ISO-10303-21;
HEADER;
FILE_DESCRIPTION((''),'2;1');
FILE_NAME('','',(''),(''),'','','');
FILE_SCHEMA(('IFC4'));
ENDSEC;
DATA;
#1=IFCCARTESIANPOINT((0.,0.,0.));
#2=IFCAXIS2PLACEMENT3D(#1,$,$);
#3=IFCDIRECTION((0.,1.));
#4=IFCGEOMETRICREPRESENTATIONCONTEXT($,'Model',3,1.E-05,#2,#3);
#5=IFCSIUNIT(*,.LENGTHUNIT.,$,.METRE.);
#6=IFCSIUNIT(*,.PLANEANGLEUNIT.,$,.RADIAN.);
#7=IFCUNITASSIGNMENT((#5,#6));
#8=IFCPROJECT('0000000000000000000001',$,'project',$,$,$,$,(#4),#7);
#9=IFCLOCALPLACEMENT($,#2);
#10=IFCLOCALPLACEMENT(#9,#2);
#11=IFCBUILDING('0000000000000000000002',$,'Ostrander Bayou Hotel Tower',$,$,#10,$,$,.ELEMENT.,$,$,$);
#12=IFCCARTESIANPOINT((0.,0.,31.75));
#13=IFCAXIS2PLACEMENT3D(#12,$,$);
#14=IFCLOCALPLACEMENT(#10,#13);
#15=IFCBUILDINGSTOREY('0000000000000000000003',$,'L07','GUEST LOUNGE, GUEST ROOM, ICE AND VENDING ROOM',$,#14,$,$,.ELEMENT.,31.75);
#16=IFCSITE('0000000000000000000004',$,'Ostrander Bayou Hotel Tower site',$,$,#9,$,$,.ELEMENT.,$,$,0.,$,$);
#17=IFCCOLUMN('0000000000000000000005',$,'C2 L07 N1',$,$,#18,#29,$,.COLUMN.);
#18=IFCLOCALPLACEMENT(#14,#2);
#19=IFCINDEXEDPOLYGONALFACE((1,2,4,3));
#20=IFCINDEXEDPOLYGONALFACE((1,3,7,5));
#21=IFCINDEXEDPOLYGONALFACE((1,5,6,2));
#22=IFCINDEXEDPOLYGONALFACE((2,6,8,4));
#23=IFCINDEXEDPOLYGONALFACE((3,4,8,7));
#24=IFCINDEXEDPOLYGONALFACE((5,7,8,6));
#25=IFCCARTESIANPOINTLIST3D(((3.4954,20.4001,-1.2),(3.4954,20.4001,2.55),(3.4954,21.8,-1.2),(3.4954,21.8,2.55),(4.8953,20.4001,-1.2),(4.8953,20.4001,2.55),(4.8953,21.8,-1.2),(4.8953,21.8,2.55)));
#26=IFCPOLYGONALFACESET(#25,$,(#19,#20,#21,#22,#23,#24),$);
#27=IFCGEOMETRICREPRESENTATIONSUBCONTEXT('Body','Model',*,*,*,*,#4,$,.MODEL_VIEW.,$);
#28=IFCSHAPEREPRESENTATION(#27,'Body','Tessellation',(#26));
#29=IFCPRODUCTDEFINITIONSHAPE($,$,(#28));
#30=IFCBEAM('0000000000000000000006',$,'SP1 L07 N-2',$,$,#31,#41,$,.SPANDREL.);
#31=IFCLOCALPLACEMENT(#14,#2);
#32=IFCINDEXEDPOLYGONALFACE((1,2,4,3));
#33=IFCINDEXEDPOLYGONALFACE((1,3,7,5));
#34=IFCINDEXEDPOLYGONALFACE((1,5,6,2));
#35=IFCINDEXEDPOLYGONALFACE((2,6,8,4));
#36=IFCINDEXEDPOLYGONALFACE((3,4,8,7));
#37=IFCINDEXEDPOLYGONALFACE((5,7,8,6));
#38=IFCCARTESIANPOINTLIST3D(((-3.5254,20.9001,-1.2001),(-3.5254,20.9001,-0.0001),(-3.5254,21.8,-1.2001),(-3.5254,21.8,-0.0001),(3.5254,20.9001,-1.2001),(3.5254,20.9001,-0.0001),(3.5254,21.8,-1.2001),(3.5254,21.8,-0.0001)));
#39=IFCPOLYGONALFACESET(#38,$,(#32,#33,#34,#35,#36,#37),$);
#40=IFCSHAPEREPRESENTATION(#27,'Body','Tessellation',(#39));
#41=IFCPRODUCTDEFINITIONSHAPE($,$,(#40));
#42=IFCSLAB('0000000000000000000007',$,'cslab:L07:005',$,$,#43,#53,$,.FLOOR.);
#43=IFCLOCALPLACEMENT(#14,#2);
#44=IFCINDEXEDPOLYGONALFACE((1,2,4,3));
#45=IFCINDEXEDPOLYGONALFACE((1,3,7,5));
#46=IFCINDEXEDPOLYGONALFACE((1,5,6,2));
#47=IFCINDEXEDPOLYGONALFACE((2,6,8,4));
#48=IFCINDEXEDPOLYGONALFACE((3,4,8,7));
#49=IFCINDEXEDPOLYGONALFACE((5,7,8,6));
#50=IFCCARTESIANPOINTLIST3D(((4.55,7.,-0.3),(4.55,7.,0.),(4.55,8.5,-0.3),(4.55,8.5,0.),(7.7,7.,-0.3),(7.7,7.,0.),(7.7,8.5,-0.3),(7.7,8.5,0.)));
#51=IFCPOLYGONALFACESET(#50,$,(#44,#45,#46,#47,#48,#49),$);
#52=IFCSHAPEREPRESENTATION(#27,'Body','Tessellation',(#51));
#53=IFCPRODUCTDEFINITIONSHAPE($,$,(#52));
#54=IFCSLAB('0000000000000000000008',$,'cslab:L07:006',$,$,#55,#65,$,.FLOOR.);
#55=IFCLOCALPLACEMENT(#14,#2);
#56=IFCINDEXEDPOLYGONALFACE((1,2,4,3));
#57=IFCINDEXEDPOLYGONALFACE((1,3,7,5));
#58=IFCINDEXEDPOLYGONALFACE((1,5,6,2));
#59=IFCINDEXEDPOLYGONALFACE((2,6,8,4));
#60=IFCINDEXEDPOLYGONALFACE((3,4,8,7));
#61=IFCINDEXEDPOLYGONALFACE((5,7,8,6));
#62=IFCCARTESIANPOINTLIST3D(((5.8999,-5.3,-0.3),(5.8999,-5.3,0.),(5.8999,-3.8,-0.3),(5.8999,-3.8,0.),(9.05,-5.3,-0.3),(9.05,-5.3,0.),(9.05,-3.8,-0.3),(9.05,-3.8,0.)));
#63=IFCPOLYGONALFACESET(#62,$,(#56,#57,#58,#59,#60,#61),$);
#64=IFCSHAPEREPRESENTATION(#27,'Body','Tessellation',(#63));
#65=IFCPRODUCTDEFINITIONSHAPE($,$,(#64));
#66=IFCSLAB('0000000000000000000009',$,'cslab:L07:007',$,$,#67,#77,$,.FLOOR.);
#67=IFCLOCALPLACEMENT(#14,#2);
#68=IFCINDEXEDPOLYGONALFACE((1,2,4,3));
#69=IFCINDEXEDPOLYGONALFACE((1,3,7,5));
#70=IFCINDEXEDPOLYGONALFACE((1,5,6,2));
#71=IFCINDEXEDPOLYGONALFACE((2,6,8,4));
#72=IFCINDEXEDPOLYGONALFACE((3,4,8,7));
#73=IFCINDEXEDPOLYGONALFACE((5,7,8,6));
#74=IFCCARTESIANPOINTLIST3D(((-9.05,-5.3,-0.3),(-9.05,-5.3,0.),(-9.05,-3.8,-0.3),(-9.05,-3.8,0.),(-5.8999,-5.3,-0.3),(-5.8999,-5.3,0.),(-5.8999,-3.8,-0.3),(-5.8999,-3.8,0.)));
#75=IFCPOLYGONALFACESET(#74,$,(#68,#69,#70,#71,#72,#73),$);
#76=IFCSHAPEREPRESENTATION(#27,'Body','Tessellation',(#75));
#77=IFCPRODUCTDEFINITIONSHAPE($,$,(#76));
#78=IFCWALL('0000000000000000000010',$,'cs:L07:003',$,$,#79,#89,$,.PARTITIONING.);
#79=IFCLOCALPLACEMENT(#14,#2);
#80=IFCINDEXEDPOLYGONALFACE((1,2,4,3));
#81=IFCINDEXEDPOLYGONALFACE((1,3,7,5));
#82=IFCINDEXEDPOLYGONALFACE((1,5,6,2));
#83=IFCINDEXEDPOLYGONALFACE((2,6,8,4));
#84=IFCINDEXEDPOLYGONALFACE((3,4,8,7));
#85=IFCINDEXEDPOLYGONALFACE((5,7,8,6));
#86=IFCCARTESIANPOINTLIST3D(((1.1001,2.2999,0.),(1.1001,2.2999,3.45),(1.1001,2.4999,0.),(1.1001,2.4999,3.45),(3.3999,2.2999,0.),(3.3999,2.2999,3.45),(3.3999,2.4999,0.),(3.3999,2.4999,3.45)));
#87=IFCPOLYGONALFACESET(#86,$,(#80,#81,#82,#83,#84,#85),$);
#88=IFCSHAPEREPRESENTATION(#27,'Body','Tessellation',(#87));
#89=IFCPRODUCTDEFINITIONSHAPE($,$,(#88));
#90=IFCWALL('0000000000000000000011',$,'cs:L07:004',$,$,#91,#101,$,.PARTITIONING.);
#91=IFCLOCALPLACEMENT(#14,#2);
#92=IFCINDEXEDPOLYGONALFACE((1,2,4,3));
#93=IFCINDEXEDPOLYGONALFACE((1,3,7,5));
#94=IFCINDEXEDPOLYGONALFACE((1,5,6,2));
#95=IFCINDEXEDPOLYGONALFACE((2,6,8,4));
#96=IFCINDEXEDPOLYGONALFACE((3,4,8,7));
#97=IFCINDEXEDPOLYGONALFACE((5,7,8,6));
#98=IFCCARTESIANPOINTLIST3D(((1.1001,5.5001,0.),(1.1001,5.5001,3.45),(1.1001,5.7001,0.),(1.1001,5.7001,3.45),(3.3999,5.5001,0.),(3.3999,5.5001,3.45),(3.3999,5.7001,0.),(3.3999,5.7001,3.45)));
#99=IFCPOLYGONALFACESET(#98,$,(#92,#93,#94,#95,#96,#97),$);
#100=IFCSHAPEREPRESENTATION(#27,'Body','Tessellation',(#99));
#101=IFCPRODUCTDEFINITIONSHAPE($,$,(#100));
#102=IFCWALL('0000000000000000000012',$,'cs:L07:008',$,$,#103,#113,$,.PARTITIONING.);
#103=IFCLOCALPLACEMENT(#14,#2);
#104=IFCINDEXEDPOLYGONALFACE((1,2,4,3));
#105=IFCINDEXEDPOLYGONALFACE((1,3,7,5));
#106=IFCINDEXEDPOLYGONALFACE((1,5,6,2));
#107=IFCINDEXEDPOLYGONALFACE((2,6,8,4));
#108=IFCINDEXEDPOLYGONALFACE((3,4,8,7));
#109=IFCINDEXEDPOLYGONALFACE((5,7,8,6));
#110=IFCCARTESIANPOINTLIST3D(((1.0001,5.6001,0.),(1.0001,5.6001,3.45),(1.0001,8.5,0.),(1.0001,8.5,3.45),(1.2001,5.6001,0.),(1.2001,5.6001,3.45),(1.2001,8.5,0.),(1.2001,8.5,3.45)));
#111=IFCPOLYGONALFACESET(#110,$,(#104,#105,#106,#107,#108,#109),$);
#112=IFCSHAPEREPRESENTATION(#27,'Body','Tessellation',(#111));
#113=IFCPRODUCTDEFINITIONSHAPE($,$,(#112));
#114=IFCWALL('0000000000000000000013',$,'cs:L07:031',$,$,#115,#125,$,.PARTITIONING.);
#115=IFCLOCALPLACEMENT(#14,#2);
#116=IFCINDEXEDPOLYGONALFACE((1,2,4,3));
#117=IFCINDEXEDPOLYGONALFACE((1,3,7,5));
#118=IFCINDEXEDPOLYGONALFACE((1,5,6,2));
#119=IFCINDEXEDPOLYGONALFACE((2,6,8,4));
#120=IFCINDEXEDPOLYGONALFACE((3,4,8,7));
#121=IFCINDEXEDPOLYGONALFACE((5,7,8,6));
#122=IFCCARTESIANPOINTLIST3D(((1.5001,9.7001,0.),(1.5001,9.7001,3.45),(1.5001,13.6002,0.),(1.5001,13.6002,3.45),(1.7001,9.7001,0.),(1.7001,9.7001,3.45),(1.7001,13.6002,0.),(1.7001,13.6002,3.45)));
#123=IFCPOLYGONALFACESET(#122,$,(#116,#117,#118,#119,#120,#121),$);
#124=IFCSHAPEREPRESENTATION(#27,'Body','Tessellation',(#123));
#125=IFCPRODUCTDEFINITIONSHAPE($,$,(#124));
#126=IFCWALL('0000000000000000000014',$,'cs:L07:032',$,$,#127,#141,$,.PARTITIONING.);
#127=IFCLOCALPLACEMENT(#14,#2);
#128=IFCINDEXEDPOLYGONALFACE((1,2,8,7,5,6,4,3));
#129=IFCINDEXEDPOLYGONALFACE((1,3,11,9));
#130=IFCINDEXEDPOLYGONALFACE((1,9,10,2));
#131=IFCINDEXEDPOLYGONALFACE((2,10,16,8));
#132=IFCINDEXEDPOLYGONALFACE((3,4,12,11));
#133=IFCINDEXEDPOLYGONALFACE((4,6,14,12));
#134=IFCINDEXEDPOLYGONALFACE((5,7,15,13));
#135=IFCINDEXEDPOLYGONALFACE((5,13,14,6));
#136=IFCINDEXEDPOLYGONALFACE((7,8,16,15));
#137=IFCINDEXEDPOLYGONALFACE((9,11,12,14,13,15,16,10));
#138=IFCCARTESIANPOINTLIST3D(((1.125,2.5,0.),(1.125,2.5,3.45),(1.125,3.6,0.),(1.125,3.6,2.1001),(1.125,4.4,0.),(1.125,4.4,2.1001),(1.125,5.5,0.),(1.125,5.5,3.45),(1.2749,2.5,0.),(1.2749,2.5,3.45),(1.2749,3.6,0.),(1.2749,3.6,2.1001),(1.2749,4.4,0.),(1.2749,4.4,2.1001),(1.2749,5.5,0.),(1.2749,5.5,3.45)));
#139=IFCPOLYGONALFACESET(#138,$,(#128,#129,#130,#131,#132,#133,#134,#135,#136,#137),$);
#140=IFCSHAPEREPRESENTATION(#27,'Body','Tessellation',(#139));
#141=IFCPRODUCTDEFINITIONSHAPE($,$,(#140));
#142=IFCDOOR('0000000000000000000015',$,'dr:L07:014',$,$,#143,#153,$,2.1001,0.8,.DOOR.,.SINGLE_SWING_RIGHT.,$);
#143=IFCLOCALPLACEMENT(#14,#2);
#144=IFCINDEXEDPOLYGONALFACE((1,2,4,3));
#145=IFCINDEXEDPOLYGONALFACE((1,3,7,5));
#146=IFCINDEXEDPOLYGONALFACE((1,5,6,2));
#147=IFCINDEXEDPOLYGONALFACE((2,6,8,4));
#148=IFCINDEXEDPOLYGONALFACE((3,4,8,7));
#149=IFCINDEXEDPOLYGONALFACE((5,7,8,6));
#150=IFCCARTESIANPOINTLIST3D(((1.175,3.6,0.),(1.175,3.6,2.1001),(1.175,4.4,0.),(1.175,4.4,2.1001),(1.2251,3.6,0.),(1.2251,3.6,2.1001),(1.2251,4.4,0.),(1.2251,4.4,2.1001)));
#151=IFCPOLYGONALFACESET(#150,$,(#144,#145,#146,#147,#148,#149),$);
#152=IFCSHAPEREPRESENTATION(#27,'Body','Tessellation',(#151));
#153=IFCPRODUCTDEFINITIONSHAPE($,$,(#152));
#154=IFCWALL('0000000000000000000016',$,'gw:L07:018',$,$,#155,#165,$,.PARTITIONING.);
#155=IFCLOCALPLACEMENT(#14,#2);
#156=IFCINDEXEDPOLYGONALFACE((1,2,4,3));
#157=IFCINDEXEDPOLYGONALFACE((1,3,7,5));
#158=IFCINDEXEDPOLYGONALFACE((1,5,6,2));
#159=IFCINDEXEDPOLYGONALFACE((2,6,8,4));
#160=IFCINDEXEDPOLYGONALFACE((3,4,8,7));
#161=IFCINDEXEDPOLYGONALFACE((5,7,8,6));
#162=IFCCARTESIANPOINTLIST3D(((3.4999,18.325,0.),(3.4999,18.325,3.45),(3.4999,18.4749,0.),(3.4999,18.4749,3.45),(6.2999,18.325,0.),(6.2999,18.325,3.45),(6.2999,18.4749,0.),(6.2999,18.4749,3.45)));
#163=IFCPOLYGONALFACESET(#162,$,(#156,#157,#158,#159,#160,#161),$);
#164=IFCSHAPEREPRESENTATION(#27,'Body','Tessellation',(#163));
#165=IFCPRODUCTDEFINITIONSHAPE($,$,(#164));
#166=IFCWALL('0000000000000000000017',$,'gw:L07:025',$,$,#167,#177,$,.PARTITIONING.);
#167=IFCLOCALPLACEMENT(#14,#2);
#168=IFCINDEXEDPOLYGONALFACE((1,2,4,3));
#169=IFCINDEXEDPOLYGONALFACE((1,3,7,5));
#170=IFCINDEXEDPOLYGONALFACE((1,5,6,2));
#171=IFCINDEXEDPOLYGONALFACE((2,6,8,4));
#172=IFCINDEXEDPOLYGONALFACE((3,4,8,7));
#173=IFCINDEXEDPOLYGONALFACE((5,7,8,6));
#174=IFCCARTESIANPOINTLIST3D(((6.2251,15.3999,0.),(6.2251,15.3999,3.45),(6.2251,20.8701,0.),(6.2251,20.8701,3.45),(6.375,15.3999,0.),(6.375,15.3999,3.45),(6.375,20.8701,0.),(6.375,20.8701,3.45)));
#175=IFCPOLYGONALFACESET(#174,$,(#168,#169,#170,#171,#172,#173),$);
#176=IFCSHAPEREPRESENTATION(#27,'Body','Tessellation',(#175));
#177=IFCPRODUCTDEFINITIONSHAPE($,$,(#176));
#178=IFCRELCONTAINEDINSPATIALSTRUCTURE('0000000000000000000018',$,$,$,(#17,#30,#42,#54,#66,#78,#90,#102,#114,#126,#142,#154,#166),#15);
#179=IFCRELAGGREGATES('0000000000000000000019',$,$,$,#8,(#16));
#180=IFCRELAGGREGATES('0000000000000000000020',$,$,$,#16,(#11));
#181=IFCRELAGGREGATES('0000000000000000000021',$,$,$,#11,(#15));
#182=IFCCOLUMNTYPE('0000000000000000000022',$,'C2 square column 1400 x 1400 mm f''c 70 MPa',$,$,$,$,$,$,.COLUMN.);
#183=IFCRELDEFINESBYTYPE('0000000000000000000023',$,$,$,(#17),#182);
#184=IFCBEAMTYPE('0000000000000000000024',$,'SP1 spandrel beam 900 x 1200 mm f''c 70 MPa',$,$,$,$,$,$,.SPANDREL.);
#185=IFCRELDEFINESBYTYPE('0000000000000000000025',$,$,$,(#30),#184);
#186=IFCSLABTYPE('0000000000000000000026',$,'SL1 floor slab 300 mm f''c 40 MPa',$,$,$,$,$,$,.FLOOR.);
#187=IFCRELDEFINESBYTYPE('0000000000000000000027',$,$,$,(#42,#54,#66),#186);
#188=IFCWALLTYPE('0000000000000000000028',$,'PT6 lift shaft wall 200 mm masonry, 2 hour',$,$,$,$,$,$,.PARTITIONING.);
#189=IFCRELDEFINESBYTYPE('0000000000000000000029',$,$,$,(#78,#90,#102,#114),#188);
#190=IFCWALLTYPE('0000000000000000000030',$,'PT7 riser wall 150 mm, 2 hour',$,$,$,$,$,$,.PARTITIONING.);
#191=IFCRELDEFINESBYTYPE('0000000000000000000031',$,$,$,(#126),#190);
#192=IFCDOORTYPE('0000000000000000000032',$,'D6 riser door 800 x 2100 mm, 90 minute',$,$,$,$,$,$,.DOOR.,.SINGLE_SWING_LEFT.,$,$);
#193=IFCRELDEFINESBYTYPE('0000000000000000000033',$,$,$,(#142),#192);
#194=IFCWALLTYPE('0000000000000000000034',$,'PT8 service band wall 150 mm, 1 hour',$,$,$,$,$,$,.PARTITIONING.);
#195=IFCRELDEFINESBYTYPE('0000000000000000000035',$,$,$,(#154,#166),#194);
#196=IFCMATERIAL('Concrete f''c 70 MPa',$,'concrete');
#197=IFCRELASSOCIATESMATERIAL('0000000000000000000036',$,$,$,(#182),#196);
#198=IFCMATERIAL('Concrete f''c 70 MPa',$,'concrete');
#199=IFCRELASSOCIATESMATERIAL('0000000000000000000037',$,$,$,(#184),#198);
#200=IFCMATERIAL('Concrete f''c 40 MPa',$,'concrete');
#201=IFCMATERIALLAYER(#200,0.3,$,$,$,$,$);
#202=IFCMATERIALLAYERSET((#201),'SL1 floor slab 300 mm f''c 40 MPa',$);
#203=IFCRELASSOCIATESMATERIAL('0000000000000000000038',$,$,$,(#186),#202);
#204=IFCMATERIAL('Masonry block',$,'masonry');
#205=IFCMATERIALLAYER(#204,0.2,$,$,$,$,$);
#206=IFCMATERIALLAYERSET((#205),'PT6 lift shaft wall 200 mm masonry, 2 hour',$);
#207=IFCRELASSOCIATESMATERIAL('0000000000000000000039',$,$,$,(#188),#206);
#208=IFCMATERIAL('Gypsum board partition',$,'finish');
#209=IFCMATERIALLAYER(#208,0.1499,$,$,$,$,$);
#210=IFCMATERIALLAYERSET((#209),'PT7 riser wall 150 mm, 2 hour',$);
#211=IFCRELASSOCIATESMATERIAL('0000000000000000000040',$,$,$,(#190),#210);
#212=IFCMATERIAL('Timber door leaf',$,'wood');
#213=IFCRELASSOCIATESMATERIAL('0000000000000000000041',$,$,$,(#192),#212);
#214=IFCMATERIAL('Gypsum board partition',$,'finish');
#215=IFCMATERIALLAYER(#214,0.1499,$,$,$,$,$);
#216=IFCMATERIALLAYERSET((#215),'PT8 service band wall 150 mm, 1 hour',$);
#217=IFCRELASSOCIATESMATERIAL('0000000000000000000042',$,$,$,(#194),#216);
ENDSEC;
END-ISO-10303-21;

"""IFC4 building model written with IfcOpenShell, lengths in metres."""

from ifc_helpers import new_model, si_unit, direction, frame, frame_2d, origin, origin_2d, place, context, subcontext, project, spatial, polyline, rectangle, outline, extrude, material, layer, layer_set, material_profile, profile_set, type_object, element, fill, save


model = new_model("IFC4")

# Units and contexts
model_context = context("Model", 3, precision=1e-05, world=origin(), true_north=direction((0.0, 1.0)))
body_context = subcontext(model_context, "Body", "Model", "MODEL_VIEW")
ifc_project = project(units=[si_unit("LENGTHUNIT", "METRE"), si_unit("PLANEANGLEUNIT", "RADIAN")], contexts=[model_context])

# Site, building, storey
site_placement = place(None, origin())
site = spatial("IfcSite", under=ifc_project, at=site_placement, Name="Ostrander Bayou Hotel Tower site", CompositionType="ELEMENT", RefElevation=0.0)
building_placement = place(site_placement, origin())
building = spatial("IfcBuilding", under=site, at=building_placement, Name="Ostrander Bayou Hotel Tower", CompositionType="ELEMENT")
storey_placement = place(building_placement, frame((0.0, 0.0, 31.75)))
storey = spatial("IfcBuildingStorey", under=building, at=storey_placement, Name="L07", Description="GUEST LOUNGE, GUEST ROOM, ICE AND VENDING ROOM", CompositionType="ELEMENT", Elevation=31.75)

# Column
ifc_material_1 = material(Name="Concrete f'c 70 MPa", Category="concrete")
ifc_material_profile_1 = material_profile(ifc_material_1, rectangle(XDim=1.3999, YDim=1.3999, at=origin_2d()))
ifc_profile_set_1 = profile_set([ifc_material_profile_1], Name="Concrete f'c 70 MPa")
column_type = type_object("IfcColumnType", Name="C2 square column 1400 x 1400 mm f'c 70 MPa", PredefinedType="COLUMN", material=ifc_profile_set_1)
column_placement = place(storey_placement, frame((4.1953, 21.1001, -1.2), z_axis=(0.0, 0.0, 1.0), x_axis=(1.0, 0.0, 0.0)))
element("IfcColumn", 1, at=column_placement, inside=storey, type_object=column_type, Name="C2 L07 N1", PredefinedType="COLUMN", context=body_context, shape_type="SweptSolid", body=[
    extrude(rectangle(XDim=1.3999, YDim=1.3999, at=origin_2d()), origin(), (0.0, 0.0, 1.0), 3.75),
])

# Beam
ifc_material_2 = material(Name="Concrete f'c 70 MPa", Category="concrete")
ifc_material_profile_2 = material_profile(ifc_material_2, rectangle(XDim=0.8999, YDim=1.2, at=origin_2d()))
ifc_profile_set_2 = profile_set([ifc_material_profile_2], Name="Concrete f'c 70 MPa")
beam_type = type_object("IfcBeamType", Name="SP1 spandrel beam 900 x 1200 mm f'c 70 MPa", PredefinedType="SPANDREL", material=ifc_profile_set_2)
beam_placement = place(storey_placement, frame((3.5254, 21.3501, -0.6001), z_axis=(-1.0, 0.0, 0.0), x_axis=(0.0, -1.0, 0.0)))
element("IfcBeam", 2, at=beam_placement, inside=storey, type_object=beam_type, Name="SP1 L07 N-2", PredefinedType="SPANDREL", context=body_context, shape_type="SweptSolid", body=[
    extrude(rectangle(XDim=0.8999, YDim=1.2, at=origin_2d()), origin(), (0.0, 0.0, 1.0), 7.0508),
])

# Slabs
ifc_material_3 = material(Name="Concrete f'c 40 MPa", Category="concrete")
ifc_layer_1 = layer(ifc_material_3, 0.3)
ifc_layer_set_1 = layer_set([ifc_layer_1], Name="SL1 floor slab 300 mm f'c 40 MPa")
slab_type = type_object("IfcSlabType", Name="SL1 floor slab 300 mm f'c 40 MPa", PredefinedType="FLOOR", material=ifc_layer_set_1)
slab_1_placement = place(storey_placement, frame((0.0, 0.0, -0.3)))
element("IfcSlab", 3, at=slab_1_placement, inside=storey, type_object=slab_type, Name="cslab:L07:005", PredefinedType="FLOOR", context=body_context, shape_type="SweptSolid", body=[
    extrude(outline(polyline([(7.7, 7.0), (7.7, 8.5), (4.55, 8.5), (4.55, 7.0), (7.7, 7.0)])), origin(), (0.0, 0.0, 1.0), 0.3),
])
slab_2_placement = place(storey_placement, frame((0.0, 0.0, -0.3)))
element("IfcSlab", 4, at=slab_2_placement, inside=storey, type_object=slab_type, Name="cslab:L07:006", PredefinedType="FLOOR", context=body_context, shape_type="SweptSolid", body=[
    extrude(outline(polyline([(9.05, -5.3), (9.05, -3.8), (5.8999, -3.8), (5.8999, -5.3), (9.05, -5.3)])), origin(), (0.0, 0.0, 1.0), 0.3),
])
slab_3_placement = place(storey_placement, frame((0.0, 0.0, -0.3)))
element("IfcSlab", 5, at=slab_3_placement, inside=storey, type_object=slab_type, Name="cslab:L07:007", PredefinedType="FLOOR", context=body_context, shape_type="SweptSolid", body=[
    extrude(outline(polyline([(-5.8999, -5.3), (-5.8999, -3.8), (-9.05, -3.8), (-9.05, -5.3), (-5.8999, -5.3)])), origin(), (0.0, 0.0, 1.0), 0.3),
])

# Walls
ifc_material_4 = material(Name="Masonry block", Category="masonry")
ifc_layer_2 = layer(ifc_material_4, 0.2)
ifc_layer_set_2 = layer_set([ifc_layer_2], Name="PT6 lift shaft wall 200 mm masonry, 2 hour")
wall_type_1 = type_object("IfcWallType", Name="PT6 lift shaft wall 200 mm masonry, 2 hour", PredefinedType="PARTITIONING", material=ifc_layer_set_2)
for number, where, z_axis, x_axis, name in (
    (6, (1.1001, 2.3999, 0.0), (0.0, 0.0, 1.0), (1.0, 0.0, 0.0), "cs:L07:003"),
    (7, (1.1001, 5.6001, 0.0), (0.0, 0.0, 1.0), (1.0, 0.0, 0.0), "cs:L07:004"),
):
    element("IfcWall", number, at=place(storey_placement, frame(where, z_axis=z_axis, x_axis=x_axis)), inside=storey, type_object=wall_type_1, Name=name, PredefinedType="PARTITIONING", context=body_context, shape_type="SweptSolid", body=[
        extrude(rectangle(XDim=2.2998, YDim=0.2, at=frame_2d((1.1499, 0.0))), origin(), (0.0, 0.0, 1.0), 3.45),
    ])
wall_1_placement = place(storey_placement, frame((1.1001, 5.6001, 0.0), z_axis=(0.0, 0.0, 1.0), x_axis=(0.0, 1.0, 0.0)))
element("IfcWall", 8, at=wall_1_placement, inside=storey, type_object=wall_type_1, Name="cs:L07:008", PredefinedType="PARTITIONING", context=body_context, shape_type="SweptSolid", body=[
    extrude(rectangle(XDim=2.8999, YDim=0.2, at=frame_2d((1.45, 0.0))), origin(), (0.0, 0.0, 1.0), 3.45),
])
wall_2_placement = place(storey_placement, frame((1.6001, 9.7, 0.0), z_axis=(0.0, 0.0, 1.0), x_axis=(0.0, 1.0, 0.0)))
element("IfcWall", 9, at=wall_2_placement, inside=storey, type_object=wall_type_1, Name="cs:L07:031", PredefinedType="PARTITIONING", context=body_context, shape_type="SweptSolid", body=[
    extrude(rectangle(XDim=3.9001, YDim=0.2, at=frame_2d((1.9502, 0.0))), origin(), (0.0, 0.0, 1.0), 3.45),
])

# Wall, opening, door
ifc_material_5 = material(Name="Gypsum board partition", Category="finish")
ifc_layer_3 = layer(ifc_material_5, 0.1499)
ifc_layer_set_3 = layer_set([ifc_layer_3], Name="PT7 riser wall 150 mm, 2 hour")
wall_type_2 = type_object("IfcWallType", Name="PT7 riser wall 150 mm, 2 hour", PredefinedType="PARTITIONING", material=ifc_layer_set_3)
wall_3_placement = place(storey_placement, frame((1.2, 2.5, 0.0), z_axis=(0.0, 0.0, 1.0), x_axis=(0.0, 1.0, 0.0)))
wall_3 = element("IfcWall", 10, at=wall_3_placement, inside=storey, type_object=wall_type_2, Name="cs:L07:032", PredefinedType="PARTITIONING", context=body_context, shape_type="SweptSolid", body=[
    extrude(rectangle(XDim=3.0, YDim=0.1499, at=frame_2d((1.5, 0.0))), origin(), (0.0, 0.0, 1.0), 3.45),
])
opening_1_placement = place(wall_3_placement, frame((1.1001, 0.0, 0.0)))
opening_1 = element("IfcOpeningElement", 11, at=opening_1_placement, cuts=wall_3, PredefinedType="OPENING", context=body_context, shape_type="SweptSolid", body=[
    extrude(rectangle(XDim=0.8, YDim=2.1001, at=frame_2d((0.3999, 1.05))), frame((0.0, 0.075, 0.0), z_axis=(0.0, -1.0, 0.0), x_axis=(1.0, 0.0, 0.0)), (0.0, 0.0, 1.0), 0.1499),
])
ifc_material_6 = material(Name="Timber door leaf", Category="wood")
door_type_1 = type_object("IfcDoorType", Name="D6 riser door 800 x 2100 mm, 90 minute", OperationType="SINGLE_SWING_LEFT", PredefinedType="DOOR", material=ifc_material_6)
door_1_placement = place(opening_1_placement, origin())
door_1 = element("IfcDoor", 12, at=door_1_placement, inside=storey, type_object=door_type_1, Name="dr:L07:014", OperationType="SINGLE_SWING_RIGHT", OverallHeight=2.1001, OverallWidth=0.8, PredefinedType="DOOR", context=body_context, shape_type="SweptSolid", body=[
    extrude(rectangle(XDim=0.8, YDim=2.1001, at=frame_2d((0.3999, 1.05))), frame((0.0, 0.0249, 0.0), z_axis=(0.0, -1.0, 0.0), x_axis=(1.0, 0.0, 0.0)), (0.0, 0.0, 1.0), 0.05),
])
fill(opening_1, door_1)

# Walls
ifc_material_7 = material(Name="Gypsum board partition", Category="finish")
ifc_layer_4 = layer(ifc_material_7, 0.1499)
ifc_layer_set_4 = layer_set([ifc_layer_4], Name="PT8 service band wall 150 mm, 1 hour")
wall_type_3 = type_object("IfcWallType", Name="PT8 service band wall 150 mm, 1 hour", PredefinedType="PARTITIONING", material=ifc_layer_set_4)
wall_4_placement = place(storey_placement, frame((3.5, 18.3999, 0.0), z_axis=(0.0, 0.0, 1.0), x_axis=(1.0, 0.0, 0.0)))
element("IfcWall", 13, at=wall_4_placement, inside=storey, type_object=wall_type_3, Name="gw:L07:018", PredefinedType="PARTITIONING", context=body_context, shape_type="SweptSolid", body=[
    extrude(rectangle(XDim=2.8, YDim=0.1499, at=frame_2d((1.3999, 0.0))), origin(), (0.0, 0.0, 1.0), 3.45),
])
wall_5_placement = place(storey_placement, frame((6.3, 15.3999, 0.0), z_axis=(0.0, 0.0, 1.0), x_axis=(0.0, 1.0, 0.0)))
element("IfcWall", 14, at=wall_5_placement, inside=storey, type_object=wall_type_3, Name="gw:L07:025", PredefinedType="PARTITIONING", context=body_context, shape_type="SweptSolid", body=[
    extrude(rectangle(XDim=5.4702, YDim=0.1499, at=frame_2d((2.7351, 0.0))), origin(), (0.0, 0.0, 1.0), 3.45),
])

save(model, "model.ifc")
